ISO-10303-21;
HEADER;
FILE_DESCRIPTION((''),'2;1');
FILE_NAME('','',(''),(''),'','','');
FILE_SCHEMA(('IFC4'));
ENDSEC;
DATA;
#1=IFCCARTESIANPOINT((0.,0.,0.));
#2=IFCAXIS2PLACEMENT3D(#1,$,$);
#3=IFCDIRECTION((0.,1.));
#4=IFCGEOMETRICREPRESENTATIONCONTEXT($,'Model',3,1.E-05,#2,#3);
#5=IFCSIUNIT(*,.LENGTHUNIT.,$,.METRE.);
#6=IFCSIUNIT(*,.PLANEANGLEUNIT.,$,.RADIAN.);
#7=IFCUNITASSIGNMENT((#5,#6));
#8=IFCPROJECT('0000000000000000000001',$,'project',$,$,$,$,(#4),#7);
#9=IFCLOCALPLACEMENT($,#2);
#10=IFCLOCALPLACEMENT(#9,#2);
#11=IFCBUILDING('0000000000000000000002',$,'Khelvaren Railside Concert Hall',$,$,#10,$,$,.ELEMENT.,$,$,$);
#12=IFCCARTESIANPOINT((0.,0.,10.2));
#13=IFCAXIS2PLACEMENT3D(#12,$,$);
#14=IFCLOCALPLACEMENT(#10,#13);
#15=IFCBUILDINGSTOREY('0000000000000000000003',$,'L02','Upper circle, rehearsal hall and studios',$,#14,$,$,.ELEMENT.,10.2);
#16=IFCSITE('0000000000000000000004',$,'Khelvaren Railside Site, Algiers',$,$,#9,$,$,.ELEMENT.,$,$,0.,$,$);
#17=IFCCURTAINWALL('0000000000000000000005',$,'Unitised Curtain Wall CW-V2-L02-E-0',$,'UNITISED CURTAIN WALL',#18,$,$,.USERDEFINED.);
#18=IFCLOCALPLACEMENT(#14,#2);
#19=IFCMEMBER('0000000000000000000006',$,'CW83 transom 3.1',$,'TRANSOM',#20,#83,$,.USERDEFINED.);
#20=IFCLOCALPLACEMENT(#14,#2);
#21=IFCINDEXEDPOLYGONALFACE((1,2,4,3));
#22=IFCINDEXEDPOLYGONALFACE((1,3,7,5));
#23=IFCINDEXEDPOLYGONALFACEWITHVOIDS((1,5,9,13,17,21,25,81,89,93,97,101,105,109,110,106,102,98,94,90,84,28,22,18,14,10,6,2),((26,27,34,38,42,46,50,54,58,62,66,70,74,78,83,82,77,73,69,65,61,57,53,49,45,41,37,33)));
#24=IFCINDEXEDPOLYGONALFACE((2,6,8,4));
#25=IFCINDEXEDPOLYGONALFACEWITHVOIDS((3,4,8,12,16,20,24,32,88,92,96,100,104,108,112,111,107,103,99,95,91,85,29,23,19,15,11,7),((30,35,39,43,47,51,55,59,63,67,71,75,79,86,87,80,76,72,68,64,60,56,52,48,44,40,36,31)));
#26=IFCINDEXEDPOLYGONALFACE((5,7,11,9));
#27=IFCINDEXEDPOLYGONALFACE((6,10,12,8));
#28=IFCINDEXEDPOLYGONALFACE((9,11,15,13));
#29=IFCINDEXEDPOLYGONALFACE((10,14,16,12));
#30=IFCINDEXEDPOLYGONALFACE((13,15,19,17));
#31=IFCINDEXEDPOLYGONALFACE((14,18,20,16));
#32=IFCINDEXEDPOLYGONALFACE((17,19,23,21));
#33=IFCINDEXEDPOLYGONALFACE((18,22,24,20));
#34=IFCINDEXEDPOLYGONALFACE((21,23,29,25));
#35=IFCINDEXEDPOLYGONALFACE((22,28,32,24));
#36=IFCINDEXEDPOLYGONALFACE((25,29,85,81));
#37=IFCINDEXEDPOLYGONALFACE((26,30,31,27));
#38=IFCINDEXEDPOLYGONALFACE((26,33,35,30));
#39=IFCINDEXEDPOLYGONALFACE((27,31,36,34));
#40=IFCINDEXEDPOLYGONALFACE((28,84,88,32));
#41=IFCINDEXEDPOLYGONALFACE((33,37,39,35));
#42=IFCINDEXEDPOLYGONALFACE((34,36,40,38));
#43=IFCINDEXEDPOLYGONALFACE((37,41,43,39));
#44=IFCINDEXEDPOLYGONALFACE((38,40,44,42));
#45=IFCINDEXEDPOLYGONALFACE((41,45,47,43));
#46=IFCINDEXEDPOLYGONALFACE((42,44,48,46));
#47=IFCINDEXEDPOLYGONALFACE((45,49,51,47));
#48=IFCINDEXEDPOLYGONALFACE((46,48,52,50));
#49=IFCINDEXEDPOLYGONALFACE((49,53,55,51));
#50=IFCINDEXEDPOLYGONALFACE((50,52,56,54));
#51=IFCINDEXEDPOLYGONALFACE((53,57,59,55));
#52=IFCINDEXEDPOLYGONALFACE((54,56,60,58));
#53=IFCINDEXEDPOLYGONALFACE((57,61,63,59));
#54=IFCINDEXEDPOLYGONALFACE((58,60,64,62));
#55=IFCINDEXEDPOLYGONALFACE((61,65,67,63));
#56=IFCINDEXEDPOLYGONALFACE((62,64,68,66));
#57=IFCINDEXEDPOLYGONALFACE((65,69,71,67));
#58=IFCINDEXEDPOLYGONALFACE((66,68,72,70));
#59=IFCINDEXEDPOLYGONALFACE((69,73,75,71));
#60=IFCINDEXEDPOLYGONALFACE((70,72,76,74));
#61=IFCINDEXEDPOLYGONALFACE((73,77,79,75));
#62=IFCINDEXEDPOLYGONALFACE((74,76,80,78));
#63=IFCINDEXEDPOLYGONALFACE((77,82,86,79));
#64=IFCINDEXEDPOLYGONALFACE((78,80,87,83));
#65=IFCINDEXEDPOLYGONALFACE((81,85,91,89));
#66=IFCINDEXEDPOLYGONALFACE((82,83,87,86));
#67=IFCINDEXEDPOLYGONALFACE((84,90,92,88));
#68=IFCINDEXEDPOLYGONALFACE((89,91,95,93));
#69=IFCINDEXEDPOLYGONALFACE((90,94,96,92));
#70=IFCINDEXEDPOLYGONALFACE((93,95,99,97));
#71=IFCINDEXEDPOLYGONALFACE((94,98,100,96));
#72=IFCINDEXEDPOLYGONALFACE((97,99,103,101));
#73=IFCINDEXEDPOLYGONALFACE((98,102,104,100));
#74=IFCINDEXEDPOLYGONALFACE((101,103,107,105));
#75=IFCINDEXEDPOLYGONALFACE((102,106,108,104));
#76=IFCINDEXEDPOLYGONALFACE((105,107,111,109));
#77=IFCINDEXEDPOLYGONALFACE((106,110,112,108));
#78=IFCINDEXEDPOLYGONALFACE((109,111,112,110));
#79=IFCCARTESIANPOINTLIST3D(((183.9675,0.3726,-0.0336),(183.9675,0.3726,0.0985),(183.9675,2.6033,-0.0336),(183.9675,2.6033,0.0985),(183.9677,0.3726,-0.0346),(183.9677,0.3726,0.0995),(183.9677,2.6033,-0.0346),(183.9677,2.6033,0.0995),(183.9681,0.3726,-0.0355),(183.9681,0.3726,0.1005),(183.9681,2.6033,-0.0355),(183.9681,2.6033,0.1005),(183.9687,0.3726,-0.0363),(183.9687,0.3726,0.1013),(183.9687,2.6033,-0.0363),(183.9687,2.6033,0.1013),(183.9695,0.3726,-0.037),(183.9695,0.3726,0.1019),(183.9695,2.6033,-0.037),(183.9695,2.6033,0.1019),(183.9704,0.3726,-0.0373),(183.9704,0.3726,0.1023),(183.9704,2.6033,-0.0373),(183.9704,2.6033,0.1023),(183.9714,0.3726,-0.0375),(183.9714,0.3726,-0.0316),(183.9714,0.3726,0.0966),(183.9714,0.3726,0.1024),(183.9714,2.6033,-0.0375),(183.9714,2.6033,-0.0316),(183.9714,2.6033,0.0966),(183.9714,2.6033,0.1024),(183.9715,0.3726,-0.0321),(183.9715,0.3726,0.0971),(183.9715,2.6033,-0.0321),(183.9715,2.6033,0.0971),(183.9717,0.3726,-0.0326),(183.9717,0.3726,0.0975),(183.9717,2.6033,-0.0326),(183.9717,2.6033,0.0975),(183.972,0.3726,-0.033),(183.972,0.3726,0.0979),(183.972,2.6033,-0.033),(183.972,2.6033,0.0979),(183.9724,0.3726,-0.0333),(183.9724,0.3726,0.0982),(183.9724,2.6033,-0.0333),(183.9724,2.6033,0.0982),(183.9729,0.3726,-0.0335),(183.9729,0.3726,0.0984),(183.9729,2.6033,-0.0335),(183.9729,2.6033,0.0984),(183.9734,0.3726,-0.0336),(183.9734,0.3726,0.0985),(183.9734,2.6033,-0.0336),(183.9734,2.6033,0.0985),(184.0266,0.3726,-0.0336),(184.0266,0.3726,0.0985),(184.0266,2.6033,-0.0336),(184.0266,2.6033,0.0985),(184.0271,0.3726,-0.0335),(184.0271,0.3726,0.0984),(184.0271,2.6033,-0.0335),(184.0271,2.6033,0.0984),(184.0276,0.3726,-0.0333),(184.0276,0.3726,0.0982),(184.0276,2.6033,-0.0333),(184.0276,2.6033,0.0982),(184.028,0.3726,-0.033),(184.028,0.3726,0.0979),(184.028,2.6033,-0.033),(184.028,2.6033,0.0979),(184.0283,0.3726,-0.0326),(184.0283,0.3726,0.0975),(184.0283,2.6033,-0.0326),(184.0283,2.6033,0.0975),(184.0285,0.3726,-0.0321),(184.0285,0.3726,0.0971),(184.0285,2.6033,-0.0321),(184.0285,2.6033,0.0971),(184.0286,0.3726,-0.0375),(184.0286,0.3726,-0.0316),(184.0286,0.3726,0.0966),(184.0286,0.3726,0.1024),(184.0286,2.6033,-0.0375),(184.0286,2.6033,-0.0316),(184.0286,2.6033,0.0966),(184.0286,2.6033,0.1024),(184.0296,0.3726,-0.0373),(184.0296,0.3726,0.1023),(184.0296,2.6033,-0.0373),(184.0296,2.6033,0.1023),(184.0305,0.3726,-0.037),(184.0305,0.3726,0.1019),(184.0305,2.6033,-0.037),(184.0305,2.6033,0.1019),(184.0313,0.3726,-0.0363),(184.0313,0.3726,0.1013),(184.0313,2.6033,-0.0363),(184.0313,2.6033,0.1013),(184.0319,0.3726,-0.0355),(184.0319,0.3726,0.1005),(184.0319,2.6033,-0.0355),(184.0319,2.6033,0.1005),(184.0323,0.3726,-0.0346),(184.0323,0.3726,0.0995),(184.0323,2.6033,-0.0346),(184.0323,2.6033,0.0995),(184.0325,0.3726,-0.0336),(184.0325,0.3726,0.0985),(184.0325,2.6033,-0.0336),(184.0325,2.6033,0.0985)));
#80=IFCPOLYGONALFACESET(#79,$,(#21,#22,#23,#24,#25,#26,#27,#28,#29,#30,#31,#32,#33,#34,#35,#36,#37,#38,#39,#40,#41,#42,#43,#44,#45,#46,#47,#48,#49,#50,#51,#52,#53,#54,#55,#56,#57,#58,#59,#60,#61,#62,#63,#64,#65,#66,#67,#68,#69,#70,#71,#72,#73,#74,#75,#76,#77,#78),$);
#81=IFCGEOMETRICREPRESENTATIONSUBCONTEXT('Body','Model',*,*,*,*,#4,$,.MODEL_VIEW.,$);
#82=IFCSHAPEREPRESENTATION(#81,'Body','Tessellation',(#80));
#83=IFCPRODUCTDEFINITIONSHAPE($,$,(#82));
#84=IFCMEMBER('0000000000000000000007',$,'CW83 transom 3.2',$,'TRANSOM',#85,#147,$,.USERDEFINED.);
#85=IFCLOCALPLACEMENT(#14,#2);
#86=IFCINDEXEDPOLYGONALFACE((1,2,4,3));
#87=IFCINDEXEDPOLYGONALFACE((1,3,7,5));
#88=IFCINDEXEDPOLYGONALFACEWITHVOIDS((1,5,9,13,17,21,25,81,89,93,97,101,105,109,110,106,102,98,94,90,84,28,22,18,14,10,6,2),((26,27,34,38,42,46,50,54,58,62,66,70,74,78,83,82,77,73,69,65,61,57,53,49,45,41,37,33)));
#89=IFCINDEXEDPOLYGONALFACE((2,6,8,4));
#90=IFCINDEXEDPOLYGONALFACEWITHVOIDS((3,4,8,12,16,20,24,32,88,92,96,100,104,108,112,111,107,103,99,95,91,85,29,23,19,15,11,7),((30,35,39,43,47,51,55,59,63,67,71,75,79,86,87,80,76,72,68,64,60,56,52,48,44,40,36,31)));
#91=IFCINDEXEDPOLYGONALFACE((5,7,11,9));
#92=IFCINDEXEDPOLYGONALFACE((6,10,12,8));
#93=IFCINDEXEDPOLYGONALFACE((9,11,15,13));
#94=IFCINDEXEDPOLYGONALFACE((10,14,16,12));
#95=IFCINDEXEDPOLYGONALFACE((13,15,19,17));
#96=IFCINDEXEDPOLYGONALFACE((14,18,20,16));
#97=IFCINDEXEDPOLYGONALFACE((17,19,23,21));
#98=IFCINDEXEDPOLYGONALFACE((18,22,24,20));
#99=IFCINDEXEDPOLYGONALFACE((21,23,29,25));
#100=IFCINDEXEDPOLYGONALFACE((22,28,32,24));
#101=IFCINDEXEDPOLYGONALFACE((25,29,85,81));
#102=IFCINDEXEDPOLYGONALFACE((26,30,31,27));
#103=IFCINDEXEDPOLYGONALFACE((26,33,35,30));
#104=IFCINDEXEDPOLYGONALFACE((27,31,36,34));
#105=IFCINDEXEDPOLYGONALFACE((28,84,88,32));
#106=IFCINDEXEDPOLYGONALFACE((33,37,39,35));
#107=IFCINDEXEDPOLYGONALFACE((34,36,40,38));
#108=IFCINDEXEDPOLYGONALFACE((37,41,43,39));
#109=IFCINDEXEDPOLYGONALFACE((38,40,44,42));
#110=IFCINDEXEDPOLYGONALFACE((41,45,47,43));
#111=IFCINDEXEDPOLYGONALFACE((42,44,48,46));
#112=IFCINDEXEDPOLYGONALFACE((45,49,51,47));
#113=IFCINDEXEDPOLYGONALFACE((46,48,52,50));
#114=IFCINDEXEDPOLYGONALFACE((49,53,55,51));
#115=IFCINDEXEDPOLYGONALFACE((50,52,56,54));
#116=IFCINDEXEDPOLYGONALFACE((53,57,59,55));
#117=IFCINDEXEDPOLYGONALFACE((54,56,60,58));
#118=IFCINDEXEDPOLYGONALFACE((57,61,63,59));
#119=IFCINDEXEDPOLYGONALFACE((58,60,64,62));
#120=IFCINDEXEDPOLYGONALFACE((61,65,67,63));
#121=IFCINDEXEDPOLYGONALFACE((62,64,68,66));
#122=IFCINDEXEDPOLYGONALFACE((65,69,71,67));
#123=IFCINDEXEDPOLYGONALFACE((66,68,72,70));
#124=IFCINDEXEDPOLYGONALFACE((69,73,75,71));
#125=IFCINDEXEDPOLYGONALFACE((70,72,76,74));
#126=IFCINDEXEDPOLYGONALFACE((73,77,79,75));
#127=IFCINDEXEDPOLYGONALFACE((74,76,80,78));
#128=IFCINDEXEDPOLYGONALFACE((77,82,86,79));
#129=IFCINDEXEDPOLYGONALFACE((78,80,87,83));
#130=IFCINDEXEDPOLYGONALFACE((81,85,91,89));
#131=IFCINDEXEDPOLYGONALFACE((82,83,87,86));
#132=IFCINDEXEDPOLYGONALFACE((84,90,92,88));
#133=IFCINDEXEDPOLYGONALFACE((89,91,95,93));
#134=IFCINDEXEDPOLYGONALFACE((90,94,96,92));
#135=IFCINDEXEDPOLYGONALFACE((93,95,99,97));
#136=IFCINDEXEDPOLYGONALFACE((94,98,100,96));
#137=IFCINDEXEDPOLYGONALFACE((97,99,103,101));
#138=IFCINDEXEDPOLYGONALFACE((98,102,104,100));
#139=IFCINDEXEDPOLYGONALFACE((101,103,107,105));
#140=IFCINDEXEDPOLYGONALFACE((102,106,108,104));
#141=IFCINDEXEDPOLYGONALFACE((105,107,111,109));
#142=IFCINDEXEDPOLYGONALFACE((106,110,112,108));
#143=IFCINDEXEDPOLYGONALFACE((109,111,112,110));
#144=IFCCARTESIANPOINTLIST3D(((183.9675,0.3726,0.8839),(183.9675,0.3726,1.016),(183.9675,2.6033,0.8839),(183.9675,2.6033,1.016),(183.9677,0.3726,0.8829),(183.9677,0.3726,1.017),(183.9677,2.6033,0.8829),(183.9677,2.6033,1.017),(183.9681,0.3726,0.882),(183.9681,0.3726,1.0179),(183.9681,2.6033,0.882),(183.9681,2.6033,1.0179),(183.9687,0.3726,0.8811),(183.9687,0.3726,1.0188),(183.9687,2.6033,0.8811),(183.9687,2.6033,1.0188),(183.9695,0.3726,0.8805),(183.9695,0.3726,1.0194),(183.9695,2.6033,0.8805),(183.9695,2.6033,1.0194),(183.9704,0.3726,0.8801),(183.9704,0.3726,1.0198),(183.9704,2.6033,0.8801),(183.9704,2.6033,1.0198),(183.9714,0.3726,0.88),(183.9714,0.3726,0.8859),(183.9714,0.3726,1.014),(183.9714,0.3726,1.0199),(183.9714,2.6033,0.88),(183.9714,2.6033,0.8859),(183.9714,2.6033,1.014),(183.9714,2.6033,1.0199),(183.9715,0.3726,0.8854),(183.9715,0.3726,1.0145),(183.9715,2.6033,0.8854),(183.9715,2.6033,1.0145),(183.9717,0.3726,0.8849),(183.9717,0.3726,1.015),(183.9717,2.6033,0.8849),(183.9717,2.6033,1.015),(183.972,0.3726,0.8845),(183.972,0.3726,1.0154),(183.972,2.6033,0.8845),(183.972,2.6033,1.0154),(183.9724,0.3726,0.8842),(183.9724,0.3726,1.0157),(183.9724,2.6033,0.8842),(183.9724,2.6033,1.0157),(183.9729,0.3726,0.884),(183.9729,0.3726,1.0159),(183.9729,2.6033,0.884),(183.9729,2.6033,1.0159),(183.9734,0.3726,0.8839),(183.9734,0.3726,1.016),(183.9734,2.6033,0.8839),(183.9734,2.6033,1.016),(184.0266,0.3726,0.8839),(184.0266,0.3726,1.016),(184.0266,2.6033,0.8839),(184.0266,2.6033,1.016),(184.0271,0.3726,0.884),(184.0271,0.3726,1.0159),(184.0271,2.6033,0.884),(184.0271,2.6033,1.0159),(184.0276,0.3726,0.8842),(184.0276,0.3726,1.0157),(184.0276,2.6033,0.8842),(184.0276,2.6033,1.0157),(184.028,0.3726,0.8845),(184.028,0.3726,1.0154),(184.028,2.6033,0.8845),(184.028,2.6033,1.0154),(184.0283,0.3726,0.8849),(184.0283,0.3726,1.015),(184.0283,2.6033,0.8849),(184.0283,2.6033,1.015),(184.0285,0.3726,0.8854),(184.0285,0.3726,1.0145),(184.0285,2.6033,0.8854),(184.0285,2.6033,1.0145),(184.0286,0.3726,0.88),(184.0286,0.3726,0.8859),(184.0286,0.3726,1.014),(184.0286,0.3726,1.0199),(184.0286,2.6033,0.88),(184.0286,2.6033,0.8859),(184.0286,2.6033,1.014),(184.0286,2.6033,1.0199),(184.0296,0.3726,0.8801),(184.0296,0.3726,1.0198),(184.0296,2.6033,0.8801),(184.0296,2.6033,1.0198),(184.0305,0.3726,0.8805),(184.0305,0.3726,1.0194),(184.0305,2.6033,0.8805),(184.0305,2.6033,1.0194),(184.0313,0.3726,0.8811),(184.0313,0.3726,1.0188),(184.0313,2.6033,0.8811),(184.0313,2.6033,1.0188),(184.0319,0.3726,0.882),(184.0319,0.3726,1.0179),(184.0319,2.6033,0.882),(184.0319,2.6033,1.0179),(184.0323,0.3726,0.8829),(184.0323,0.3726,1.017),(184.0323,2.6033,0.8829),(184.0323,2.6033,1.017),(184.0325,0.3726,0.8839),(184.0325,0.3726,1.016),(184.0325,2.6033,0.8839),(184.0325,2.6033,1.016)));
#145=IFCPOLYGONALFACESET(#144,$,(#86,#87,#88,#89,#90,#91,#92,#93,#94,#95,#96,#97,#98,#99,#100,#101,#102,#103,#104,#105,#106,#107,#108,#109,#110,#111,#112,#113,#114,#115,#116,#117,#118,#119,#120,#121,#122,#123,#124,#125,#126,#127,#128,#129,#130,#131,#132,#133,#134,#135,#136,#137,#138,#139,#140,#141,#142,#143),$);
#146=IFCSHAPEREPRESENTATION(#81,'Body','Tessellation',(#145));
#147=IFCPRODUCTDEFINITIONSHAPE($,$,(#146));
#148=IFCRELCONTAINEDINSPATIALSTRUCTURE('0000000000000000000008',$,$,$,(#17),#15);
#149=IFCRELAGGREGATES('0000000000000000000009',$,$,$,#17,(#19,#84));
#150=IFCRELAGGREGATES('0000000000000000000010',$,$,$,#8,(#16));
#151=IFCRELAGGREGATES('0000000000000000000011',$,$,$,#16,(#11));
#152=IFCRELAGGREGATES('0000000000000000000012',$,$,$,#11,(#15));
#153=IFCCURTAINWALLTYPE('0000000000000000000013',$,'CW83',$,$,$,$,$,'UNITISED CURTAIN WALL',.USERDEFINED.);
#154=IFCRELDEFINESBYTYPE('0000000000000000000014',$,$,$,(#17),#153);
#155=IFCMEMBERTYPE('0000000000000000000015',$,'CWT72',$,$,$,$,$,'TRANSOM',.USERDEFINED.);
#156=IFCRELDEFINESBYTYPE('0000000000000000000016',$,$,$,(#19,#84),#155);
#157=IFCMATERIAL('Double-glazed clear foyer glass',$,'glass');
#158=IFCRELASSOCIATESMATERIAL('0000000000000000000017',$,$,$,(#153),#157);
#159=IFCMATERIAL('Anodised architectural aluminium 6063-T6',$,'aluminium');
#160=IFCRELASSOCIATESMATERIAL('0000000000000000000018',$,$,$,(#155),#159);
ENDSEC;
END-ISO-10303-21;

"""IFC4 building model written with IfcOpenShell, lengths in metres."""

from ifc_helpers import new_model, si_unit, direction, frame, origin, origin_2d, place, context, subcontext, project, spatial, hollow_rectangle, extrude, material, material_profile, profile_set, type_object, element, aggregate, save


model = new_model("IFC4")

# Units and contexts
model_context = context("Model", 3, precision=1e-05, world=origin(), true_north=direction((0.0, 1.0)))
body_context = subcontext(model_context, "Body", "Model", "MODEL_VIEW")
ifc_project = project(units=[si_unit("LENGTHUNIT", "METRE"), si_unit("PLANEANGLEUNIT", "RADIAN")], contexts=[model_context])

# Site, building, storey
site_placement = place(None, origin())
site = spatial("IfcSite", under=ifc_project, at=site_placement, Name="Khelvaren Railside Site, Algiers", CompositionType="ELEMENT", RefElevation=0.0)
building_placement = place(site_placement, origin())
building = spatial("IfcBuilding", under=site, at=building_placement, Name="Khelvaren Railside Concert Hall", CompositionType="ELEMENT")
storey_placement = place(building_placement, frame((0.0, 0.0, 10.2)))
storey = spatial("IfcBuildingStorey", under=building, at=storey_placement, Name="L02", Description="Upper circle, rehearsal hall and studios", CompositionType="ELEMENT", Elevation=10.2)

# Shared definitions
ifc_material_1 = material(Name="Double-glazed clear foyer glass", Category="glass")
curtain_wall_type = type_object("IfcCurtainWallType", Name="CW83", ElementType="UNITISED CURTAIN WALL", PredefinedType="USERDEFINED", material=ifc_material_1)
ifc_material_2 = material(Name="Anodised architectural aluminium 6063-T6", Category="aluminium")

# Curtain wall
curtain_wall_1_placement = place(storey_placement, origin())
curtain_wall_1 = element("IfcCurtainWall", 1, at=curtain_wall_1_placement, inside=storey, type_object=curtain_wall_type, Name="Unitised Curtain Wall CW-V2-L02-E-0", ObjectType="UNITISED CURTAIN WALL", PredefinedType="USERDEFINED")

# Members
ifc_material_profile_1 = material_profile(ifc_material_2, hollow_rectangle(XDim=0.0649, YDim=0.1399, WallThickness=0.0039, InnerFilletRadius=0.002, OuterFilletRadius=0.0039, at=origin_2d()), Name="CWT 65x140x4")
ifc_profile_set_1 = profile_set([ifc_material_profile_1], Name="Anodised architectural aluminium 6063-T6")
member_type_1 = type_object("IfcMemberType", Name="CWT72", ElementType="TRANSOM", PredefinedType="USERDEFINED", material=ifc_profile_set_1)
member_1_placement = place(storey_placement, frame((184.0, 2.6033, 0.0325), z_axis=(0.0, -1.0, 0.0), x_axis=(1.0, 0.0, 0.0)))
member_1 = element("IfcMember", 2, at=member_1_placement, type_object=member_type_1, Name="CW83 transom 3.1", ObjectType="TRANSOM", PredefinedType="USERDEFINED", context=body_context, shape_type="SweptSolid", body=[
    extrude(hollow_rectangle(XDim=0.0649, YDim=0.1399, WallThickness=0.0039, InnerFilletRadius=0.002, OuterFilletRadius=0.0039, at=origin_2d()), origin(), (0.0, 0.0, 1.0), 2.2307),
])
member_2_placement = place(storey_placement, frame((184.0, 2.6033, 0.95), z_axis=(0.0, -1.0, 0.0), x_axis=(1.0, 0.0, 0.0)))
member_2 = element("IfcMember", 3, at=member_2_placement, type_object=member_type_1, Name="CW83 transom 3.2", ObjectType="TRANSOM", PredefinedType="USERDEFINED", context=body_context, shape_type="SweptSolid", body=[
    extrude(hollow_rectangle(XDim=0.0649, YDim=0.1399, WallThickness=0.0039, InnerFilletRadius=0.002, OuterFilletRadius=0.0039, at=origin_2d()), origin(), (0.0, 0.0, 1.0), 2.2307),
])

aggregate(curtain_wall_1, [member_1, member_2])

save(model, "model.ifc")
